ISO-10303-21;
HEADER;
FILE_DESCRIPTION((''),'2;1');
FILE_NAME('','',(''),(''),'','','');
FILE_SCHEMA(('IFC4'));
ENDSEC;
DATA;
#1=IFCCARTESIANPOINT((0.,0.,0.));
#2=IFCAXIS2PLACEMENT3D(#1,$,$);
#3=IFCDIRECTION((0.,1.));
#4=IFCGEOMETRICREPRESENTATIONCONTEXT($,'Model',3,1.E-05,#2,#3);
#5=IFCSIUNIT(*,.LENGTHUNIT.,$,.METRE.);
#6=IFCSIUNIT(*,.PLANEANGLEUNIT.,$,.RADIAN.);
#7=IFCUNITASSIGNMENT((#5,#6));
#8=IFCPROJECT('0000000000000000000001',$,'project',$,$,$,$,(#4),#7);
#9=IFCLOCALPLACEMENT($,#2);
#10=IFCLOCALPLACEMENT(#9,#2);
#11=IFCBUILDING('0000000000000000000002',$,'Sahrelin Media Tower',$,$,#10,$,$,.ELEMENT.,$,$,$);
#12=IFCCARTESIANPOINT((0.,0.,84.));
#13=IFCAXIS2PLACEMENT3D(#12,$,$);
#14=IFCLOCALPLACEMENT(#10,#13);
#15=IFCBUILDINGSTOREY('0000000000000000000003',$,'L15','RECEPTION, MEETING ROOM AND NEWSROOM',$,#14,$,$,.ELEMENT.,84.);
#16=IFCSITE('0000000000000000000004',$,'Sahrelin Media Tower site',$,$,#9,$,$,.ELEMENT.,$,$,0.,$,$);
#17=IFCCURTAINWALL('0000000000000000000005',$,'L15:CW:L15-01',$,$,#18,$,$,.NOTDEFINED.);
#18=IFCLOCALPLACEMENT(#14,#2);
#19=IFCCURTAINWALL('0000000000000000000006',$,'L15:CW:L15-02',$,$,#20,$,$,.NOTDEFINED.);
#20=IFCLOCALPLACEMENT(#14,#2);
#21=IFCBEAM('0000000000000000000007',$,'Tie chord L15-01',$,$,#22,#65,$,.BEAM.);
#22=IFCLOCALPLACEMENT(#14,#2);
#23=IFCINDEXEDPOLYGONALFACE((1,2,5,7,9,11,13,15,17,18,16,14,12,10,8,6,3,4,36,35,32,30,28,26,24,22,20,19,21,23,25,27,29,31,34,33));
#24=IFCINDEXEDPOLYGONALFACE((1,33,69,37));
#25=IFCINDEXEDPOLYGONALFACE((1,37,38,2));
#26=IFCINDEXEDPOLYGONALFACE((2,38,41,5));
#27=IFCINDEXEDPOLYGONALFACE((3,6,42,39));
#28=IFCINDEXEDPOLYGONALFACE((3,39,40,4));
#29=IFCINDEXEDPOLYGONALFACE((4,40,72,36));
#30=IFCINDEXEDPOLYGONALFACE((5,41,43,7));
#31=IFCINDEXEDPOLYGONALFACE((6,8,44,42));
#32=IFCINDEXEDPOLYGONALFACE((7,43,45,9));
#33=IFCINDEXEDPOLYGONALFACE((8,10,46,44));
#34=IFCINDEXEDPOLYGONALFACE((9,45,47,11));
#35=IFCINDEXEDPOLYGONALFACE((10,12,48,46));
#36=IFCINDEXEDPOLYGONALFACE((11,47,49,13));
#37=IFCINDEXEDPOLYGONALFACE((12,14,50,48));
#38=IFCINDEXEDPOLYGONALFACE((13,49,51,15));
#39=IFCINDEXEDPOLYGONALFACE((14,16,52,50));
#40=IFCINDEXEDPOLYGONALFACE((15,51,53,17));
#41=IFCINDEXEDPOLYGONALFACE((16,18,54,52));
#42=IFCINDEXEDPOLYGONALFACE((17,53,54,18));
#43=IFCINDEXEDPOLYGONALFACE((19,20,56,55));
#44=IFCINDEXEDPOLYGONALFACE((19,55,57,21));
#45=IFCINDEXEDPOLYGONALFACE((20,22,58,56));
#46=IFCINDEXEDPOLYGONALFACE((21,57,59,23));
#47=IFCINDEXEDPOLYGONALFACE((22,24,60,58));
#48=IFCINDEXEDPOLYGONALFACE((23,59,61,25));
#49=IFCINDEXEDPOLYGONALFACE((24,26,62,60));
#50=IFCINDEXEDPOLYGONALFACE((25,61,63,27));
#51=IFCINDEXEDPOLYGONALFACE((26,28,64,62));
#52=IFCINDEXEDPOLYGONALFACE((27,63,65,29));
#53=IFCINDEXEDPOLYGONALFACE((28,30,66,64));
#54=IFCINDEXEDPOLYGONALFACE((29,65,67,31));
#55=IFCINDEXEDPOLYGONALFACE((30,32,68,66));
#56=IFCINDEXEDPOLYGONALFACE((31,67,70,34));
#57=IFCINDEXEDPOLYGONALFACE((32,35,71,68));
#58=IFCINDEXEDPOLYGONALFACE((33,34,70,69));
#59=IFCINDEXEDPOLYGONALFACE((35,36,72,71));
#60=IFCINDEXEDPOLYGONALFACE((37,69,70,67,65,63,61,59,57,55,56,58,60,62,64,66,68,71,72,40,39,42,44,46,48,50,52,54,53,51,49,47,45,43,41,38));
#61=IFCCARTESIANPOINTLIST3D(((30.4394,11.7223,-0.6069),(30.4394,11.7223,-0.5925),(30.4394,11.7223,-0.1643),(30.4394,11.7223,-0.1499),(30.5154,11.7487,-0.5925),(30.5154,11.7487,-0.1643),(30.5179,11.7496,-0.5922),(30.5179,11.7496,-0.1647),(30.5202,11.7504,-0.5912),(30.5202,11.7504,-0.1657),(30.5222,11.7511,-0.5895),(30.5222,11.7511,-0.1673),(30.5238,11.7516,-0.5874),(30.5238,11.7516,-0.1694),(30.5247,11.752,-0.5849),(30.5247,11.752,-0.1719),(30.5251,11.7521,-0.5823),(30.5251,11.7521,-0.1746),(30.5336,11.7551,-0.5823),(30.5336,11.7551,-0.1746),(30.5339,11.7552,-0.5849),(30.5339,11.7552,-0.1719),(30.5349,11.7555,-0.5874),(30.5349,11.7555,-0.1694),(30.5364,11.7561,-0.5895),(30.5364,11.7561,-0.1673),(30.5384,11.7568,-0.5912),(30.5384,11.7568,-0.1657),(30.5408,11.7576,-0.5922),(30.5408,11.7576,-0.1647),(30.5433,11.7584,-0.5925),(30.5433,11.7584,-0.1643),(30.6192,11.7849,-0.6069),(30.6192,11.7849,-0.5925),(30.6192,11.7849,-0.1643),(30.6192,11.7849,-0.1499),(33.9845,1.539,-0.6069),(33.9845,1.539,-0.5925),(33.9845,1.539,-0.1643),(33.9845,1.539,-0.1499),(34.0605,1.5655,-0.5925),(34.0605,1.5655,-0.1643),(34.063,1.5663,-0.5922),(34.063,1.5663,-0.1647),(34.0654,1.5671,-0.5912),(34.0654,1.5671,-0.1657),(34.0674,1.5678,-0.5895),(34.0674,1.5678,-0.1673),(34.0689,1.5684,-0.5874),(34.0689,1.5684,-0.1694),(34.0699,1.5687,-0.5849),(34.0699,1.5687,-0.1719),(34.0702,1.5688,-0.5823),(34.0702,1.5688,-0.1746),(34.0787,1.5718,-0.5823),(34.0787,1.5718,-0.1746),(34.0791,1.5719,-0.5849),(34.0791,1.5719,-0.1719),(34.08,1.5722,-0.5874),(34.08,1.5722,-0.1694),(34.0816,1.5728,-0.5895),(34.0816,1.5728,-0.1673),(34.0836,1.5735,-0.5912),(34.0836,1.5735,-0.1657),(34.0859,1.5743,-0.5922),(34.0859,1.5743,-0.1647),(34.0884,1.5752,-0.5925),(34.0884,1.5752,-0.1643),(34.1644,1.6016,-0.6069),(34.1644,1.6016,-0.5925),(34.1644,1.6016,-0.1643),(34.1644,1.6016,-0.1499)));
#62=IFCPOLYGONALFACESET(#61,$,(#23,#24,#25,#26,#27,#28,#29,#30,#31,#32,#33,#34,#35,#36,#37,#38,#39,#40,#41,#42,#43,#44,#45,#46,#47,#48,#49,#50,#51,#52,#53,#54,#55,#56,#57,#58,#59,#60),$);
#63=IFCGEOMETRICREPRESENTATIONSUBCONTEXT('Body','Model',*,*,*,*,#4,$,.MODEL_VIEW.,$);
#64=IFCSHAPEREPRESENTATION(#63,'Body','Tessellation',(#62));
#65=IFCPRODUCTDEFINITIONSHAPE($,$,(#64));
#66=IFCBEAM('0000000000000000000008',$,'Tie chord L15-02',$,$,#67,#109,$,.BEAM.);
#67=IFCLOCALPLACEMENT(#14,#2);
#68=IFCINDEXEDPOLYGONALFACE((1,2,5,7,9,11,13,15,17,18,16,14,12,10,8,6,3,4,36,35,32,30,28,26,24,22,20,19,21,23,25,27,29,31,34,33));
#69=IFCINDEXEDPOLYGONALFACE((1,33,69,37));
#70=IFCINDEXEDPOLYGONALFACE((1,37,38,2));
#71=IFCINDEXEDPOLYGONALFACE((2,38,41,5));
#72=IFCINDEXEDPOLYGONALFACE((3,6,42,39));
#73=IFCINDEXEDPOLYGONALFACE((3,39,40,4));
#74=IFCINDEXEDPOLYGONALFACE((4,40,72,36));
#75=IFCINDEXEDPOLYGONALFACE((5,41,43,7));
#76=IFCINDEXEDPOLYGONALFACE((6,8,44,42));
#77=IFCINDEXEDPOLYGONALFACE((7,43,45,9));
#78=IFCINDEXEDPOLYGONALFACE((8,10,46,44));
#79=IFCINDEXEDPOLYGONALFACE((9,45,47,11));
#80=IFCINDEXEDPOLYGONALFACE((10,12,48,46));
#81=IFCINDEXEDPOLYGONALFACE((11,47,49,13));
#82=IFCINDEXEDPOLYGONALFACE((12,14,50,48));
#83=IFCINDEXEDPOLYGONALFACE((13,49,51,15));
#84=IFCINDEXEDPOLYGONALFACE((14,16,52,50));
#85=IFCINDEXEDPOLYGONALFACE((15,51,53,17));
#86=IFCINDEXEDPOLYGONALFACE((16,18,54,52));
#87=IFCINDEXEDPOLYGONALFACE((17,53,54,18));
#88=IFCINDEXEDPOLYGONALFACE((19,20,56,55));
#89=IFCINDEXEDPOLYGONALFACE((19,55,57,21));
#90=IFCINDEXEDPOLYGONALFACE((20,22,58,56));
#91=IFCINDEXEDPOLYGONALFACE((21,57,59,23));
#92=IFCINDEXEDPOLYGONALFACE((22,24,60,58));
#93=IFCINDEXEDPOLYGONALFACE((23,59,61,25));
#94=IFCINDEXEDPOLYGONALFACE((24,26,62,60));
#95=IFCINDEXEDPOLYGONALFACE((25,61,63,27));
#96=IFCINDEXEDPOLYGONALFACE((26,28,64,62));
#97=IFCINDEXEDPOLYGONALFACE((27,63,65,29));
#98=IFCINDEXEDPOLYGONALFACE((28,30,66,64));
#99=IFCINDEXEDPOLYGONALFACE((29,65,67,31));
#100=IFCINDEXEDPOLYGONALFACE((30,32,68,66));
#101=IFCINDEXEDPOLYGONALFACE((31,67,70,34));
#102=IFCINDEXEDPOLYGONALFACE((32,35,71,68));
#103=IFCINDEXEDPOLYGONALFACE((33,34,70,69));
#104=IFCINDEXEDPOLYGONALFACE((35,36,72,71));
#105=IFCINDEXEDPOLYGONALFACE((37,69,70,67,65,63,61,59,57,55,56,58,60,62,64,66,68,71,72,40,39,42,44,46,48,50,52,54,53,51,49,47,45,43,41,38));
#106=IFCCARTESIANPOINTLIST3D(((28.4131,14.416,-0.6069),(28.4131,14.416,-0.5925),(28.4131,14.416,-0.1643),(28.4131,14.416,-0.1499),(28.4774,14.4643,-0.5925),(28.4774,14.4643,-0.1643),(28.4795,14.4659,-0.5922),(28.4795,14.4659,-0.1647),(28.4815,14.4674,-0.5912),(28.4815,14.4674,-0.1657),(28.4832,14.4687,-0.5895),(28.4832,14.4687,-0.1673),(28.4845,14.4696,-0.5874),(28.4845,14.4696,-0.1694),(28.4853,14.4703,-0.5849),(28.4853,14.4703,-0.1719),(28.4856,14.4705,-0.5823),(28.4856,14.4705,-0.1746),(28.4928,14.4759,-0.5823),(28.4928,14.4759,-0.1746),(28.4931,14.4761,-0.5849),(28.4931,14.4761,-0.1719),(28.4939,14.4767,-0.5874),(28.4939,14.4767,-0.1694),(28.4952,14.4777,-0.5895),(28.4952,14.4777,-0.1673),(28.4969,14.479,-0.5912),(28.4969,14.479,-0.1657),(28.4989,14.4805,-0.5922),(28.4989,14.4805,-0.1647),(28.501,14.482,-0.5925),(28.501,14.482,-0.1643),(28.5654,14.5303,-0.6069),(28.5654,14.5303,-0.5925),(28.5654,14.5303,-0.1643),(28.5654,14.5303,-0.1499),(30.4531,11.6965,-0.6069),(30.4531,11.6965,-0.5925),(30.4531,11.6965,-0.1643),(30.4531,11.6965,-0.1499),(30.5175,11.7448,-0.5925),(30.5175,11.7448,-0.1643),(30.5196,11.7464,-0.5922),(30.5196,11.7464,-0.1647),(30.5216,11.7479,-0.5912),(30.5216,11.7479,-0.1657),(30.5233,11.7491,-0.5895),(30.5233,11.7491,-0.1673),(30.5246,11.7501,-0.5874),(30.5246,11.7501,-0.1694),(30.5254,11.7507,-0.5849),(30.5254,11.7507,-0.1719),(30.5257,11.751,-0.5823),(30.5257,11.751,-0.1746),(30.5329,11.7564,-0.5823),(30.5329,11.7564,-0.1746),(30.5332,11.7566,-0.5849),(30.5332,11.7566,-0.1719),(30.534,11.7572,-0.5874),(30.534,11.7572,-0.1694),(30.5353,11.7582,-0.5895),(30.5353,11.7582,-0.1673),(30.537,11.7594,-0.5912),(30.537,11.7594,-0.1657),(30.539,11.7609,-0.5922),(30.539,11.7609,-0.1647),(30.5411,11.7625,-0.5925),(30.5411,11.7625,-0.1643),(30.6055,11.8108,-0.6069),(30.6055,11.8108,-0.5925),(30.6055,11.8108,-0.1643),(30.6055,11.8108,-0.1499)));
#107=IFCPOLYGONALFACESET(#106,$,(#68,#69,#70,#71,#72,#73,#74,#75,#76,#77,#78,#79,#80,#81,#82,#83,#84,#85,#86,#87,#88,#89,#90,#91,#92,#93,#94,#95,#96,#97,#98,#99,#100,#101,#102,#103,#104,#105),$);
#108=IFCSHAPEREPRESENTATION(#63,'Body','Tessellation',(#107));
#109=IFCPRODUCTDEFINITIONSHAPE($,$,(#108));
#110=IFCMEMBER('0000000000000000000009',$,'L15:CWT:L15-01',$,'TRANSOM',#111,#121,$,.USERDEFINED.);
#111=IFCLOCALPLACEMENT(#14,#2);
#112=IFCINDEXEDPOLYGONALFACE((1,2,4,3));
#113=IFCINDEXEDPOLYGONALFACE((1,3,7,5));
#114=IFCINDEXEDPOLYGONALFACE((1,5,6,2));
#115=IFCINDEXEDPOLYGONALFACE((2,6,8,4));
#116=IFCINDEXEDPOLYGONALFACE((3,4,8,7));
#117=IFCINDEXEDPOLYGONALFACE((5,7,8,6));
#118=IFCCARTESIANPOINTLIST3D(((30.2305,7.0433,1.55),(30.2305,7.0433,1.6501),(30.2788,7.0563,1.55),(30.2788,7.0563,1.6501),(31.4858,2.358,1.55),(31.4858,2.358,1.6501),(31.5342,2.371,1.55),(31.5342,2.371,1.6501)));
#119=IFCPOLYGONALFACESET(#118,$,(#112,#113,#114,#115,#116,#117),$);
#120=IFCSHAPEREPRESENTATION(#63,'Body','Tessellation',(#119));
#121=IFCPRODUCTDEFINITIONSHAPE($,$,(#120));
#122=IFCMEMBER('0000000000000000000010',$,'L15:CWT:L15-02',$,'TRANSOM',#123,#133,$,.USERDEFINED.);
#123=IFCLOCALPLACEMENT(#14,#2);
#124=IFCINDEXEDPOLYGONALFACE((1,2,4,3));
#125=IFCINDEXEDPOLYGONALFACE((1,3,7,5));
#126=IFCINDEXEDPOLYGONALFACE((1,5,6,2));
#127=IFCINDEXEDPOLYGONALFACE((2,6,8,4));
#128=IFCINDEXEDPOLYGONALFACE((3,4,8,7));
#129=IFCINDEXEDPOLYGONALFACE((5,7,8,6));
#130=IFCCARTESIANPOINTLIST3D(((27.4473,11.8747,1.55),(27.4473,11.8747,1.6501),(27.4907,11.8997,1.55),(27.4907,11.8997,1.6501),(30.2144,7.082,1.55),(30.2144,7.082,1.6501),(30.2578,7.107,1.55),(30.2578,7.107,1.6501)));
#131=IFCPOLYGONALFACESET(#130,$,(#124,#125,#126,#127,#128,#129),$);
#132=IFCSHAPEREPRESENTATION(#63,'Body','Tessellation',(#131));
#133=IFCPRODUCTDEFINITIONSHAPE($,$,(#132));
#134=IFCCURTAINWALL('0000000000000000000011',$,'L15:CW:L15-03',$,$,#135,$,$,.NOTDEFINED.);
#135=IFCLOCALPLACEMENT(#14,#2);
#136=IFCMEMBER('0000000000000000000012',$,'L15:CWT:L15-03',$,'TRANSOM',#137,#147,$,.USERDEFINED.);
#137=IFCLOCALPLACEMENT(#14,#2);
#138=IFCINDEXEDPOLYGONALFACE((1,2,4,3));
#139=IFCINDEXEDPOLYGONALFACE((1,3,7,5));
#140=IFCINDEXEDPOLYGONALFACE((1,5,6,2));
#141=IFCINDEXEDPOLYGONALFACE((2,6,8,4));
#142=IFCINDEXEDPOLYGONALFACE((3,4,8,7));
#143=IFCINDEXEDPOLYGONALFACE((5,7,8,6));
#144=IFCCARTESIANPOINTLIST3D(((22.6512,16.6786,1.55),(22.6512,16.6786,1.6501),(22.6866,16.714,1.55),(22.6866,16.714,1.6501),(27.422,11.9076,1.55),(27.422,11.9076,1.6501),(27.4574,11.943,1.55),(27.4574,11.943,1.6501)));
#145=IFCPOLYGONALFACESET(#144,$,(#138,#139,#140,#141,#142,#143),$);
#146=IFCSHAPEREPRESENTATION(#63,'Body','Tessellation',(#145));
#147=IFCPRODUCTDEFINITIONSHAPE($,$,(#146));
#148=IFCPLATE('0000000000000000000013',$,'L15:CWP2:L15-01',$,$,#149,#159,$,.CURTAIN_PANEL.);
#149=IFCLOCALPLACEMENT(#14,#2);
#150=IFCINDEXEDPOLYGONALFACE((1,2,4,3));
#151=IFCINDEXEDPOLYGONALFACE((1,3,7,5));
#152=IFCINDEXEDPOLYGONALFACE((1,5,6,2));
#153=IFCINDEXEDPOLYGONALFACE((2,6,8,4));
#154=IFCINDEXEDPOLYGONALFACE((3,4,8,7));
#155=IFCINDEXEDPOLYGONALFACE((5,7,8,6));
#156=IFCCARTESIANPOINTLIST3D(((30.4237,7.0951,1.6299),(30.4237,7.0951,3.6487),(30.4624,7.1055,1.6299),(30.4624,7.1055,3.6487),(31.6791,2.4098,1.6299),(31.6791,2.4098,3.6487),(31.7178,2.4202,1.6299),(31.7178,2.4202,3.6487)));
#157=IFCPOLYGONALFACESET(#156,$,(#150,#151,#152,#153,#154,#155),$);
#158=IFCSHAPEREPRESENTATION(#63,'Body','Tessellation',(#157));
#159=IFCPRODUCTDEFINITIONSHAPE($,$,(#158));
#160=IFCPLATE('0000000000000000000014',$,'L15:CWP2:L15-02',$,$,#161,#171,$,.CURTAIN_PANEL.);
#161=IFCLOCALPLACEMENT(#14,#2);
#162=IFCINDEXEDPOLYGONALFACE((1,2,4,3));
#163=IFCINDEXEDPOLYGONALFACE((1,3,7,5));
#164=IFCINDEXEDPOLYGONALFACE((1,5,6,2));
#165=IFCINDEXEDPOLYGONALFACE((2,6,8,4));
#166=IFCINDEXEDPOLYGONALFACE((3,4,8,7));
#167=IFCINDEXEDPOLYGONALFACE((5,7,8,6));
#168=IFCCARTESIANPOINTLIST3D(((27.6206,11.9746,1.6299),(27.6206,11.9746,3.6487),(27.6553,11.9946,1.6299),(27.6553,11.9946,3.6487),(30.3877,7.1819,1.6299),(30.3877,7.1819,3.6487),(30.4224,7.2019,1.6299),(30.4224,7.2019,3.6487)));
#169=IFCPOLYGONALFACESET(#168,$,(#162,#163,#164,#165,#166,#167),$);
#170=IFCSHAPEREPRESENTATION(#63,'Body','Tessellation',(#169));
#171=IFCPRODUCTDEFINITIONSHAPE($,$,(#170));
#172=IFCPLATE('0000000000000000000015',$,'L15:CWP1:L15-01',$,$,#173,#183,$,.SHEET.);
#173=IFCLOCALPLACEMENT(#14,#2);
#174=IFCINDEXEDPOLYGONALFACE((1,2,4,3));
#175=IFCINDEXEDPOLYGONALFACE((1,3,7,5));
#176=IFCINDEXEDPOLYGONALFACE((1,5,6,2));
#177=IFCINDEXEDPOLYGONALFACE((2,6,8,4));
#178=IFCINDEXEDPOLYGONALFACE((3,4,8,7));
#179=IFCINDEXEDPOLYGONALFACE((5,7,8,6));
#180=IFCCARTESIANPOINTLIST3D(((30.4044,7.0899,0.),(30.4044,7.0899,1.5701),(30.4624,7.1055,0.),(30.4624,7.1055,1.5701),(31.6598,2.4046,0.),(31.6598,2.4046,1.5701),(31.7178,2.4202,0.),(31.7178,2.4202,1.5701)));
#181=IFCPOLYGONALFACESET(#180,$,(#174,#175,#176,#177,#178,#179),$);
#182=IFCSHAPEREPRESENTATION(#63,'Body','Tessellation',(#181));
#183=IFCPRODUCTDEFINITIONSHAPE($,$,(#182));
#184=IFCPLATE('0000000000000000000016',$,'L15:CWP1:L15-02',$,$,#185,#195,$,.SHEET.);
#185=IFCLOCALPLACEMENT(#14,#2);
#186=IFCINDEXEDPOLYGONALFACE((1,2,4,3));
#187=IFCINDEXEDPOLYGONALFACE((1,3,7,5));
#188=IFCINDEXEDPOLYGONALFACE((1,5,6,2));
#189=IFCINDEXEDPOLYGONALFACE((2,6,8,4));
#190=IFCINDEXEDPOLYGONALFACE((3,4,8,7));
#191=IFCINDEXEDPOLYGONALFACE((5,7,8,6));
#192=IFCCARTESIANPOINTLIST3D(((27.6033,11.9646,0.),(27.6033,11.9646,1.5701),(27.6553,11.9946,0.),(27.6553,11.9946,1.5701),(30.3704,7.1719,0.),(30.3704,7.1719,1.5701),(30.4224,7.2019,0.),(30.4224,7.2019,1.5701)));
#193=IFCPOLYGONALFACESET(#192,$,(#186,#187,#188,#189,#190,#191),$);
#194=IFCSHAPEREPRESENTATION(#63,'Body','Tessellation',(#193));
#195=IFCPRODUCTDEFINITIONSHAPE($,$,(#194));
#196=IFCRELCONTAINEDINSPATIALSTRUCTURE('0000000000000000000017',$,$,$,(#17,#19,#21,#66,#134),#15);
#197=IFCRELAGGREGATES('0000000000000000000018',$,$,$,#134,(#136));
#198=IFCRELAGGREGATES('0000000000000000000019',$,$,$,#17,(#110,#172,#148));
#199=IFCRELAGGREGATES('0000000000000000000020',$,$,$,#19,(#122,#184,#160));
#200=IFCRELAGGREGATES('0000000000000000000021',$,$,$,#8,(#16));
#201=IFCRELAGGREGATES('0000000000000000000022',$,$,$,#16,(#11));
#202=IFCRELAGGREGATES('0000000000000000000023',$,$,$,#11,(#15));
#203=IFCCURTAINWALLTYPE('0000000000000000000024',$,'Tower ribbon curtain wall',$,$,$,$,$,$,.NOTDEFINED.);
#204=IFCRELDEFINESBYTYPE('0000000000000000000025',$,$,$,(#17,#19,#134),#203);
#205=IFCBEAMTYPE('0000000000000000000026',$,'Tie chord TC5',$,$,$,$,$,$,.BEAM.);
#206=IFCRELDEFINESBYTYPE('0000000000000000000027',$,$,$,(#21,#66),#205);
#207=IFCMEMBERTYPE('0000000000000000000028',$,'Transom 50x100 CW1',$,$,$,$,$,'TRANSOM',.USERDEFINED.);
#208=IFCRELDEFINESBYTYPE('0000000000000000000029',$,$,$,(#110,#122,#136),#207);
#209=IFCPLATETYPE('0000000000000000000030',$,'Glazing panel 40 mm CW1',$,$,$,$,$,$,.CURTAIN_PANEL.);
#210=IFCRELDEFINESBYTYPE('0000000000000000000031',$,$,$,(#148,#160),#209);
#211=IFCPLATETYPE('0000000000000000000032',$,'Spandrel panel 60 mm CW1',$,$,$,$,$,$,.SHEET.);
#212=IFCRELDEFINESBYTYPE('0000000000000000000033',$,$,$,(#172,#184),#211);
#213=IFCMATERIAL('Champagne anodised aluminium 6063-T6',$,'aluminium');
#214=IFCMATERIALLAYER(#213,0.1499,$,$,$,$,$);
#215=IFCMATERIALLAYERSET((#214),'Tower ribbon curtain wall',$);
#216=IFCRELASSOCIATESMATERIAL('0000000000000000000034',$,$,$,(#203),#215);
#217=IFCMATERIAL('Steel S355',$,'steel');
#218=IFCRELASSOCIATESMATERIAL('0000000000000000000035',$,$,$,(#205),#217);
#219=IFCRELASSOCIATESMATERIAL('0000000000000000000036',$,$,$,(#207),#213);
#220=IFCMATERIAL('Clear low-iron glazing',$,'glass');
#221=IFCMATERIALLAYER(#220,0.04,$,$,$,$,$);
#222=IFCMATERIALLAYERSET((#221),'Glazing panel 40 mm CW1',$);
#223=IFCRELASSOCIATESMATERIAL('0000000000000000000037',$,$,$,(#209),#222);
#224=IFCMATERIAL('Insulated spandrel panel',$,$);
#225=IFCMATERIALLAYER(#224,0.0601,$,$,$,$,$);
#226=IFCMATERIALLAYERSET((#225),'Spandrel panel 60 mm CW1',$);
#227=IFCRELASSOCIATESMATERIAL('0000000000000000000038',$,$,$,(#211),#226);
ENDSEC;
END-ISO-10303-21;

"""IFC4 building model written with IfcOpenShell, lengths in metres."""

from ifc_helpers import new_model, si_unit, direction, frame, origin, origin_2d, place, context, subcontext, project, spatial, polyline, rectangle, i_section, outline, extrude, material, layer, layer_set, material_profile, profile_set, type_object, element, aggregate, save


model = new_model("IFC4")

# Units and contexts
model_context = context("Model", 3, precision=1e-05, world=origin(), true_north=direction((0.0, 1.0)))
body_context = subcontext(model_context, "Body", "Model", "MODEL_VIEW")
ifc_project = project(units=[si_unit("LENGTHUNIT", "METRE"), si_unit("PLANEANGLEUNIT", "RADIAN")], contexts=[model_context])

# Site, building, storey
site_placement = place(None, origin())
site = spatial("IfcSite", under=ifc_project, at=site_placement, Name="Sahrelin Media Tower site", CompositionType="ELEMENT", RefElevation=0.0)
building_placement = place(site_placement, origin())
building = spatial("IfcBuilding", under=site, at=building_placement, Name="Sahrelin Media Tower", CompositionType="ELEMENT")
storey_placement = place(building_placement, frame((0.0, 0.0, 84.0)))
storey = spatial("IfcBuildingStorey", under=building, at=storey_placement, Name="L15", Description="RECEPTION, MEETING ROOM AND NEWSROOM", CompositionType="ELEMENT", Elevation=84.0)

# Shared definitions
ifc_material_1 = material(Name="Steel S355", Category="steel")

# Curtain walls
ifc_material_2 = material(Name="Champagne anodised aluminium 6063-T6", Category="aluminium")
ifc_layer_1 = layer(ifc_material_2, 0.1499)
ifc_layer_set_1 = layer_set([ifc_layer_1], Name="Tower ribbon curtain wall")
curtain_wall_type = type_object("IfcCurtainWallType", Name="Tower ribbon curtain wall", PredefinedType="NOTDEFINED", material=ifc_layer_set_1)
curtain_wall_1_placement = place(storey_placement, frame((31.0708, 4.7576, 0.0), z_axis=(0.0, 0.0, 1.0), x_axis=(1.0, 0.0, 0.0)))
curtain_wall_1 = element("IfcCurtainWall", 1, at=curtain_wall_1_placement, inside=storey, type_object=curtain_wall_type, Name="L15:CW:L15-01", PredefinedType="NOTDEFINED")
curtain_wall_2_placement = place(storey_placement, frame((29.0215, 9.5884, 0.0), z_axis=(0.0, 0.0, 1.0), x_axis=(1.0, 0.0, 0.0)))
curtain_wall_2 = element("IfcCurtainWall", 2, at=curtain_wall_2_placement, inside=storey, type_object=curtain_wall_type, Name="L15:CW:L15-02", PredefinedType="NOTDEFINED")

# Beams
ifc_material_profile_1 = material_profile(ifc_material_1, i_section(OverallWidth=0.1904, OverallDepth=0.457, WebThickness=0.009, FlangeThickness=0.0144, FilletRadius=0.0103, at=origin_2d()), Name="UB 457x191x74")
ifc_profile_set_1 = profile_set([ifc_material_profile_1], Name="Steel S355")
beam_type_1 = type_object("IfcBeamType", Name="Tie chord TC5", PredefinedType="BEAM", material=ifc_profile_set_1)
beam_1_placement = place(storey_placement, frame((34.0745, 1.5703, -0.3784), z_axis=(-0.32878, 0.944407, 0.0), x_axis=(-0.944407, -0.32878, 0.0)))
element("IfcBeam", 3, at=beam_1_placement, inside=storey, type_object=beam_type_1, Name="Tie chord L15-01", PredefinedType="BEAM", context=body_context, shape_type="SweptSolid", body=[
    extrude(i_section(OverallWidth=0.1904, OverallDepth=0.457, WebThickness=0.009, FlangeThickness=0.0144, FilletRadius=0.0103, at=origin_2d()), origin(), (0.0, 0.0, 1.0), 10.7827),
])
beam_2_placement = place(storey_placement, frame((30.5293, 11.7537, -0.3784), z_axis=(-0.60008, 0.79994, 0.0), x_axis=(-0.79994, -0.60008, 0.0)))
element("IfcBeam", 4, at=beam_2_placement, inside=storey, type_object=beam_type_1, Name="Tie chord L15-02", PredefinedType="BEAM", context=body_context, shape_type="SweptSolid", body=[
    extrude(i_section(OverallWidth=0.1904, OverallDepth=0.457, WebThickness=0.009, FlangeThickness=0.0144, FilletRadius=0.0103, at=origin_2d()), origin(), (0.0, 0.0, 1.0), 3.3997),
])

# Members
ifc_material_profile_2 = material_profile(ifc_material_2, rectangle(XDim=0.05, YDim=0.1001, at=origin_2d()), Name="Transom 50x100")
ifc_profile_set_2 = profile_set([ifc_material_profile_2], Name="Champagne anodised aluminium 6063-T6")
member_type_1 = type_object("IfcMemberType", Name="Transom 50x100 CW1", ElementType="TRANSOM", PredefinedType="USERDEFINED", material=ifc_profile_set_2)
member_1_placement = place(storey_placement, frame((31.51, 2.3645, 1.6001), z_axis=(-0.258809, 0.965929, 0.0), x_axis=(-0.965929, -0.258809, 0.0)))
member_1 = element("IfcMember", 5, at=member_1_placement, type_object=member_type_1, Name="L15:CWT:L15-01", ObjectType="TRANSOM", PredefinedType="USERDEFINED", context=body_context, shape_type="SweptSolid", body=[
    extrude(rectangle(XDim=0.05, YDim=0.1001, at=origin_2d()), origin(), (0.0, 0.0, 1.0), 4.8506),
])
member_2_placement = place(storey_placement, frame((30.2361, 7.0945, 1.6001), z_axis=(-0.500001, 0.866025, 0.0), x_axis=(-0.866025, -0.500001, 0.0)))
member_2 = element("IfcMember", 6, at=member_2_placement, type_object=member_type_1, Name="L15:CWT:L15-02", ObjectType="TRANSOM", PredefinedType="USERDEFINED", context=body_context, shape_type="SweptSolid", body=[
    extrude(rectangle(XDim=0.05, YDim=0.1001, at=origin_2d()), origin(), (0.0, 0.0, 1.0), 5.5342),
])

# Curtain wall, member
curtain_wall_3_placement = place(storey_placement, frame((25.1921, 14.4485, 0.0), z_axis=(0.0, 0.0, 1.0), x_axis=(1.0, 0.0, 0.0)))
curtain_wall_3 = element("IfcCurtainWall", 7, at=curtain_wall_3_placement, inside=storey, type_object=curtain_wall_type, Name="L15:CW:L15-03", PredefinedType="NOTDEFINED")
member_3_placement = place(storey_placement, frame((27.4397, 11.9253, 1.6001), z_axis=(-0.707089, 0.707125, 0.0), x_axis=(-0.707125, -0.707089, 0.0)))
member_3 = element("IfcMember", 8, at=member_3_placement, type_object=member_type_1, Name="L15:CWT:L15-03", ObjectType="TRANSOM", PredefinedType="USERDEFINED", context=body_context, shape_type="SweptSolid", body=[
    extrude(rectangle(XDim=0.05, YDim=0.1001, at=origin_2d()), origin(), (0.0, 0.0, 1.0), 6.7471),
])
aggregate(curtain_wall_3, [member_3])

# Plates
ifc_material_3 = material(Name="Clear low-iron glazing", Category="glass")
ifc_layer_2 = layer(ifc_material_3, 0.04)
ifc_layer_set_2 = layer_set([ifc_layer_2], Name="Glazing panel 40 mm CW1")
plate_type_1 = type_object("IfcPlateType", Name="Glazing panel 40 mm CW1", PredefinedType="CURTAIN_PANEL", material=ifc_layer_set_2)
plate_1_placement = place(storey_placement, frame((31.7178, 2.4202, 1.6299), z_axis=(0.965929, 0.258809, 0.0), x_axis=(-0.258809, 0.965929, 0.0)))
plate_1 = element("IfcPlate", 9, at=plate_1_placement, type_object=plate_type_1, Name="L15:CWP2:L15-01", PredefinedType="CURTAIN_PANEL", context=body_context, shape_type="SweptSolid", body=[
    extrude(outline(polyline([(0.0, 0.0), (4.8506, 0.0), (4.8506, 2.0188), (0.0, 2.0188), (0.0, 0.0)])), origin(), (0.0, 0.0, -1.0), 0.04),
])
plate_2_placement = place(storey_placement, frame((30.4224, 7.2019, 1.6299), z_axis=(0.866025, 0.500001, 0.0), x_axis=(-0.500001, 0.866025, 0.0)))
plate_2 = element("IfcPlate", 10, at=plate_2_placement, type_object=plate_type_1, Name="L15:CWP2:L15-02", PredefinedType="CURTAIN_PANEL", context=body_context, shape_type="SweptSolid", body=[
    extrude(outline(polyline([(0.0, 0.0), (5.5342, 0.0), (5.5342, 2.0188), (0.0, 2.0188), (0.0, 0.0)])), origin(), (0.0, 0.0, -1.0), 0.04),
])
ifc_material_4 = material(Name="Insulated spandrel panel")
ifc_layer_3 = layer(ifc_material_4, 0.0601)
ifc_layer_set_3 = layer_set([ifc_layer_3], Name="Spandrel panel 60 mm CW1")
plate_type_2 = type_object("IfcPlateType", Name="Spandrel panel 60 mm CW1", PredefinedType="SHEET", material=ifc_layer_set_3)
plate_3_placement = place(storey_placement, frame((31.7178, 2.4202, 0.0), z_axis=(0.965929, 0.258809, 0.0), x_axis=(-0.258809, 0.965929, 0.0)))
plate_3 = element("IfcPlate", 11, at=plate_3_placement, type_object=plate_type_2, Name="L15:CWP1:L15-01", PredefinedType="SHEET", context=body_context, shape_type="SweptSolid", body=[
    extrude(outline(polyline([(0.0, 0.0), (4.8506, 0.0), (4.8506, 1.5701), (0.0, 1.5701), (0.0, 0.0)])), origin(), (0.0, 0.0, -1.0), 0.0601),
])
aggregate(curtain_wall_1, [member_1, plate_3, plate_1])
plate_4_placement = place(storey_placement, frame((30.4224, 7.2019, 0.0), z_axis=(0.866025, 0.500001, 0.0), x_axis=(-0.500001, 0.866025, 0.0)))
plate_4 = element("IfcPlate", 12, at=plate_4_placement, type_object=plate_type_2, Name="L15:CWP1:L15-02", PredefinedType="SHEET", context=body_context, shape_type="SweptSolid", body=[
    extrude(outline(polyline([(0.0, 0.0), (5.5342, 0.0), (5.5342, 1.5701), (0.0, 1.5701), (0.0, 0.0)])), origin(), (0.0, 0.0, -1.0), 0.0601),
])
aggregate(curtain_wall_2, [member_2, plate_4, plate_2])

save(model, "model.ifc")
